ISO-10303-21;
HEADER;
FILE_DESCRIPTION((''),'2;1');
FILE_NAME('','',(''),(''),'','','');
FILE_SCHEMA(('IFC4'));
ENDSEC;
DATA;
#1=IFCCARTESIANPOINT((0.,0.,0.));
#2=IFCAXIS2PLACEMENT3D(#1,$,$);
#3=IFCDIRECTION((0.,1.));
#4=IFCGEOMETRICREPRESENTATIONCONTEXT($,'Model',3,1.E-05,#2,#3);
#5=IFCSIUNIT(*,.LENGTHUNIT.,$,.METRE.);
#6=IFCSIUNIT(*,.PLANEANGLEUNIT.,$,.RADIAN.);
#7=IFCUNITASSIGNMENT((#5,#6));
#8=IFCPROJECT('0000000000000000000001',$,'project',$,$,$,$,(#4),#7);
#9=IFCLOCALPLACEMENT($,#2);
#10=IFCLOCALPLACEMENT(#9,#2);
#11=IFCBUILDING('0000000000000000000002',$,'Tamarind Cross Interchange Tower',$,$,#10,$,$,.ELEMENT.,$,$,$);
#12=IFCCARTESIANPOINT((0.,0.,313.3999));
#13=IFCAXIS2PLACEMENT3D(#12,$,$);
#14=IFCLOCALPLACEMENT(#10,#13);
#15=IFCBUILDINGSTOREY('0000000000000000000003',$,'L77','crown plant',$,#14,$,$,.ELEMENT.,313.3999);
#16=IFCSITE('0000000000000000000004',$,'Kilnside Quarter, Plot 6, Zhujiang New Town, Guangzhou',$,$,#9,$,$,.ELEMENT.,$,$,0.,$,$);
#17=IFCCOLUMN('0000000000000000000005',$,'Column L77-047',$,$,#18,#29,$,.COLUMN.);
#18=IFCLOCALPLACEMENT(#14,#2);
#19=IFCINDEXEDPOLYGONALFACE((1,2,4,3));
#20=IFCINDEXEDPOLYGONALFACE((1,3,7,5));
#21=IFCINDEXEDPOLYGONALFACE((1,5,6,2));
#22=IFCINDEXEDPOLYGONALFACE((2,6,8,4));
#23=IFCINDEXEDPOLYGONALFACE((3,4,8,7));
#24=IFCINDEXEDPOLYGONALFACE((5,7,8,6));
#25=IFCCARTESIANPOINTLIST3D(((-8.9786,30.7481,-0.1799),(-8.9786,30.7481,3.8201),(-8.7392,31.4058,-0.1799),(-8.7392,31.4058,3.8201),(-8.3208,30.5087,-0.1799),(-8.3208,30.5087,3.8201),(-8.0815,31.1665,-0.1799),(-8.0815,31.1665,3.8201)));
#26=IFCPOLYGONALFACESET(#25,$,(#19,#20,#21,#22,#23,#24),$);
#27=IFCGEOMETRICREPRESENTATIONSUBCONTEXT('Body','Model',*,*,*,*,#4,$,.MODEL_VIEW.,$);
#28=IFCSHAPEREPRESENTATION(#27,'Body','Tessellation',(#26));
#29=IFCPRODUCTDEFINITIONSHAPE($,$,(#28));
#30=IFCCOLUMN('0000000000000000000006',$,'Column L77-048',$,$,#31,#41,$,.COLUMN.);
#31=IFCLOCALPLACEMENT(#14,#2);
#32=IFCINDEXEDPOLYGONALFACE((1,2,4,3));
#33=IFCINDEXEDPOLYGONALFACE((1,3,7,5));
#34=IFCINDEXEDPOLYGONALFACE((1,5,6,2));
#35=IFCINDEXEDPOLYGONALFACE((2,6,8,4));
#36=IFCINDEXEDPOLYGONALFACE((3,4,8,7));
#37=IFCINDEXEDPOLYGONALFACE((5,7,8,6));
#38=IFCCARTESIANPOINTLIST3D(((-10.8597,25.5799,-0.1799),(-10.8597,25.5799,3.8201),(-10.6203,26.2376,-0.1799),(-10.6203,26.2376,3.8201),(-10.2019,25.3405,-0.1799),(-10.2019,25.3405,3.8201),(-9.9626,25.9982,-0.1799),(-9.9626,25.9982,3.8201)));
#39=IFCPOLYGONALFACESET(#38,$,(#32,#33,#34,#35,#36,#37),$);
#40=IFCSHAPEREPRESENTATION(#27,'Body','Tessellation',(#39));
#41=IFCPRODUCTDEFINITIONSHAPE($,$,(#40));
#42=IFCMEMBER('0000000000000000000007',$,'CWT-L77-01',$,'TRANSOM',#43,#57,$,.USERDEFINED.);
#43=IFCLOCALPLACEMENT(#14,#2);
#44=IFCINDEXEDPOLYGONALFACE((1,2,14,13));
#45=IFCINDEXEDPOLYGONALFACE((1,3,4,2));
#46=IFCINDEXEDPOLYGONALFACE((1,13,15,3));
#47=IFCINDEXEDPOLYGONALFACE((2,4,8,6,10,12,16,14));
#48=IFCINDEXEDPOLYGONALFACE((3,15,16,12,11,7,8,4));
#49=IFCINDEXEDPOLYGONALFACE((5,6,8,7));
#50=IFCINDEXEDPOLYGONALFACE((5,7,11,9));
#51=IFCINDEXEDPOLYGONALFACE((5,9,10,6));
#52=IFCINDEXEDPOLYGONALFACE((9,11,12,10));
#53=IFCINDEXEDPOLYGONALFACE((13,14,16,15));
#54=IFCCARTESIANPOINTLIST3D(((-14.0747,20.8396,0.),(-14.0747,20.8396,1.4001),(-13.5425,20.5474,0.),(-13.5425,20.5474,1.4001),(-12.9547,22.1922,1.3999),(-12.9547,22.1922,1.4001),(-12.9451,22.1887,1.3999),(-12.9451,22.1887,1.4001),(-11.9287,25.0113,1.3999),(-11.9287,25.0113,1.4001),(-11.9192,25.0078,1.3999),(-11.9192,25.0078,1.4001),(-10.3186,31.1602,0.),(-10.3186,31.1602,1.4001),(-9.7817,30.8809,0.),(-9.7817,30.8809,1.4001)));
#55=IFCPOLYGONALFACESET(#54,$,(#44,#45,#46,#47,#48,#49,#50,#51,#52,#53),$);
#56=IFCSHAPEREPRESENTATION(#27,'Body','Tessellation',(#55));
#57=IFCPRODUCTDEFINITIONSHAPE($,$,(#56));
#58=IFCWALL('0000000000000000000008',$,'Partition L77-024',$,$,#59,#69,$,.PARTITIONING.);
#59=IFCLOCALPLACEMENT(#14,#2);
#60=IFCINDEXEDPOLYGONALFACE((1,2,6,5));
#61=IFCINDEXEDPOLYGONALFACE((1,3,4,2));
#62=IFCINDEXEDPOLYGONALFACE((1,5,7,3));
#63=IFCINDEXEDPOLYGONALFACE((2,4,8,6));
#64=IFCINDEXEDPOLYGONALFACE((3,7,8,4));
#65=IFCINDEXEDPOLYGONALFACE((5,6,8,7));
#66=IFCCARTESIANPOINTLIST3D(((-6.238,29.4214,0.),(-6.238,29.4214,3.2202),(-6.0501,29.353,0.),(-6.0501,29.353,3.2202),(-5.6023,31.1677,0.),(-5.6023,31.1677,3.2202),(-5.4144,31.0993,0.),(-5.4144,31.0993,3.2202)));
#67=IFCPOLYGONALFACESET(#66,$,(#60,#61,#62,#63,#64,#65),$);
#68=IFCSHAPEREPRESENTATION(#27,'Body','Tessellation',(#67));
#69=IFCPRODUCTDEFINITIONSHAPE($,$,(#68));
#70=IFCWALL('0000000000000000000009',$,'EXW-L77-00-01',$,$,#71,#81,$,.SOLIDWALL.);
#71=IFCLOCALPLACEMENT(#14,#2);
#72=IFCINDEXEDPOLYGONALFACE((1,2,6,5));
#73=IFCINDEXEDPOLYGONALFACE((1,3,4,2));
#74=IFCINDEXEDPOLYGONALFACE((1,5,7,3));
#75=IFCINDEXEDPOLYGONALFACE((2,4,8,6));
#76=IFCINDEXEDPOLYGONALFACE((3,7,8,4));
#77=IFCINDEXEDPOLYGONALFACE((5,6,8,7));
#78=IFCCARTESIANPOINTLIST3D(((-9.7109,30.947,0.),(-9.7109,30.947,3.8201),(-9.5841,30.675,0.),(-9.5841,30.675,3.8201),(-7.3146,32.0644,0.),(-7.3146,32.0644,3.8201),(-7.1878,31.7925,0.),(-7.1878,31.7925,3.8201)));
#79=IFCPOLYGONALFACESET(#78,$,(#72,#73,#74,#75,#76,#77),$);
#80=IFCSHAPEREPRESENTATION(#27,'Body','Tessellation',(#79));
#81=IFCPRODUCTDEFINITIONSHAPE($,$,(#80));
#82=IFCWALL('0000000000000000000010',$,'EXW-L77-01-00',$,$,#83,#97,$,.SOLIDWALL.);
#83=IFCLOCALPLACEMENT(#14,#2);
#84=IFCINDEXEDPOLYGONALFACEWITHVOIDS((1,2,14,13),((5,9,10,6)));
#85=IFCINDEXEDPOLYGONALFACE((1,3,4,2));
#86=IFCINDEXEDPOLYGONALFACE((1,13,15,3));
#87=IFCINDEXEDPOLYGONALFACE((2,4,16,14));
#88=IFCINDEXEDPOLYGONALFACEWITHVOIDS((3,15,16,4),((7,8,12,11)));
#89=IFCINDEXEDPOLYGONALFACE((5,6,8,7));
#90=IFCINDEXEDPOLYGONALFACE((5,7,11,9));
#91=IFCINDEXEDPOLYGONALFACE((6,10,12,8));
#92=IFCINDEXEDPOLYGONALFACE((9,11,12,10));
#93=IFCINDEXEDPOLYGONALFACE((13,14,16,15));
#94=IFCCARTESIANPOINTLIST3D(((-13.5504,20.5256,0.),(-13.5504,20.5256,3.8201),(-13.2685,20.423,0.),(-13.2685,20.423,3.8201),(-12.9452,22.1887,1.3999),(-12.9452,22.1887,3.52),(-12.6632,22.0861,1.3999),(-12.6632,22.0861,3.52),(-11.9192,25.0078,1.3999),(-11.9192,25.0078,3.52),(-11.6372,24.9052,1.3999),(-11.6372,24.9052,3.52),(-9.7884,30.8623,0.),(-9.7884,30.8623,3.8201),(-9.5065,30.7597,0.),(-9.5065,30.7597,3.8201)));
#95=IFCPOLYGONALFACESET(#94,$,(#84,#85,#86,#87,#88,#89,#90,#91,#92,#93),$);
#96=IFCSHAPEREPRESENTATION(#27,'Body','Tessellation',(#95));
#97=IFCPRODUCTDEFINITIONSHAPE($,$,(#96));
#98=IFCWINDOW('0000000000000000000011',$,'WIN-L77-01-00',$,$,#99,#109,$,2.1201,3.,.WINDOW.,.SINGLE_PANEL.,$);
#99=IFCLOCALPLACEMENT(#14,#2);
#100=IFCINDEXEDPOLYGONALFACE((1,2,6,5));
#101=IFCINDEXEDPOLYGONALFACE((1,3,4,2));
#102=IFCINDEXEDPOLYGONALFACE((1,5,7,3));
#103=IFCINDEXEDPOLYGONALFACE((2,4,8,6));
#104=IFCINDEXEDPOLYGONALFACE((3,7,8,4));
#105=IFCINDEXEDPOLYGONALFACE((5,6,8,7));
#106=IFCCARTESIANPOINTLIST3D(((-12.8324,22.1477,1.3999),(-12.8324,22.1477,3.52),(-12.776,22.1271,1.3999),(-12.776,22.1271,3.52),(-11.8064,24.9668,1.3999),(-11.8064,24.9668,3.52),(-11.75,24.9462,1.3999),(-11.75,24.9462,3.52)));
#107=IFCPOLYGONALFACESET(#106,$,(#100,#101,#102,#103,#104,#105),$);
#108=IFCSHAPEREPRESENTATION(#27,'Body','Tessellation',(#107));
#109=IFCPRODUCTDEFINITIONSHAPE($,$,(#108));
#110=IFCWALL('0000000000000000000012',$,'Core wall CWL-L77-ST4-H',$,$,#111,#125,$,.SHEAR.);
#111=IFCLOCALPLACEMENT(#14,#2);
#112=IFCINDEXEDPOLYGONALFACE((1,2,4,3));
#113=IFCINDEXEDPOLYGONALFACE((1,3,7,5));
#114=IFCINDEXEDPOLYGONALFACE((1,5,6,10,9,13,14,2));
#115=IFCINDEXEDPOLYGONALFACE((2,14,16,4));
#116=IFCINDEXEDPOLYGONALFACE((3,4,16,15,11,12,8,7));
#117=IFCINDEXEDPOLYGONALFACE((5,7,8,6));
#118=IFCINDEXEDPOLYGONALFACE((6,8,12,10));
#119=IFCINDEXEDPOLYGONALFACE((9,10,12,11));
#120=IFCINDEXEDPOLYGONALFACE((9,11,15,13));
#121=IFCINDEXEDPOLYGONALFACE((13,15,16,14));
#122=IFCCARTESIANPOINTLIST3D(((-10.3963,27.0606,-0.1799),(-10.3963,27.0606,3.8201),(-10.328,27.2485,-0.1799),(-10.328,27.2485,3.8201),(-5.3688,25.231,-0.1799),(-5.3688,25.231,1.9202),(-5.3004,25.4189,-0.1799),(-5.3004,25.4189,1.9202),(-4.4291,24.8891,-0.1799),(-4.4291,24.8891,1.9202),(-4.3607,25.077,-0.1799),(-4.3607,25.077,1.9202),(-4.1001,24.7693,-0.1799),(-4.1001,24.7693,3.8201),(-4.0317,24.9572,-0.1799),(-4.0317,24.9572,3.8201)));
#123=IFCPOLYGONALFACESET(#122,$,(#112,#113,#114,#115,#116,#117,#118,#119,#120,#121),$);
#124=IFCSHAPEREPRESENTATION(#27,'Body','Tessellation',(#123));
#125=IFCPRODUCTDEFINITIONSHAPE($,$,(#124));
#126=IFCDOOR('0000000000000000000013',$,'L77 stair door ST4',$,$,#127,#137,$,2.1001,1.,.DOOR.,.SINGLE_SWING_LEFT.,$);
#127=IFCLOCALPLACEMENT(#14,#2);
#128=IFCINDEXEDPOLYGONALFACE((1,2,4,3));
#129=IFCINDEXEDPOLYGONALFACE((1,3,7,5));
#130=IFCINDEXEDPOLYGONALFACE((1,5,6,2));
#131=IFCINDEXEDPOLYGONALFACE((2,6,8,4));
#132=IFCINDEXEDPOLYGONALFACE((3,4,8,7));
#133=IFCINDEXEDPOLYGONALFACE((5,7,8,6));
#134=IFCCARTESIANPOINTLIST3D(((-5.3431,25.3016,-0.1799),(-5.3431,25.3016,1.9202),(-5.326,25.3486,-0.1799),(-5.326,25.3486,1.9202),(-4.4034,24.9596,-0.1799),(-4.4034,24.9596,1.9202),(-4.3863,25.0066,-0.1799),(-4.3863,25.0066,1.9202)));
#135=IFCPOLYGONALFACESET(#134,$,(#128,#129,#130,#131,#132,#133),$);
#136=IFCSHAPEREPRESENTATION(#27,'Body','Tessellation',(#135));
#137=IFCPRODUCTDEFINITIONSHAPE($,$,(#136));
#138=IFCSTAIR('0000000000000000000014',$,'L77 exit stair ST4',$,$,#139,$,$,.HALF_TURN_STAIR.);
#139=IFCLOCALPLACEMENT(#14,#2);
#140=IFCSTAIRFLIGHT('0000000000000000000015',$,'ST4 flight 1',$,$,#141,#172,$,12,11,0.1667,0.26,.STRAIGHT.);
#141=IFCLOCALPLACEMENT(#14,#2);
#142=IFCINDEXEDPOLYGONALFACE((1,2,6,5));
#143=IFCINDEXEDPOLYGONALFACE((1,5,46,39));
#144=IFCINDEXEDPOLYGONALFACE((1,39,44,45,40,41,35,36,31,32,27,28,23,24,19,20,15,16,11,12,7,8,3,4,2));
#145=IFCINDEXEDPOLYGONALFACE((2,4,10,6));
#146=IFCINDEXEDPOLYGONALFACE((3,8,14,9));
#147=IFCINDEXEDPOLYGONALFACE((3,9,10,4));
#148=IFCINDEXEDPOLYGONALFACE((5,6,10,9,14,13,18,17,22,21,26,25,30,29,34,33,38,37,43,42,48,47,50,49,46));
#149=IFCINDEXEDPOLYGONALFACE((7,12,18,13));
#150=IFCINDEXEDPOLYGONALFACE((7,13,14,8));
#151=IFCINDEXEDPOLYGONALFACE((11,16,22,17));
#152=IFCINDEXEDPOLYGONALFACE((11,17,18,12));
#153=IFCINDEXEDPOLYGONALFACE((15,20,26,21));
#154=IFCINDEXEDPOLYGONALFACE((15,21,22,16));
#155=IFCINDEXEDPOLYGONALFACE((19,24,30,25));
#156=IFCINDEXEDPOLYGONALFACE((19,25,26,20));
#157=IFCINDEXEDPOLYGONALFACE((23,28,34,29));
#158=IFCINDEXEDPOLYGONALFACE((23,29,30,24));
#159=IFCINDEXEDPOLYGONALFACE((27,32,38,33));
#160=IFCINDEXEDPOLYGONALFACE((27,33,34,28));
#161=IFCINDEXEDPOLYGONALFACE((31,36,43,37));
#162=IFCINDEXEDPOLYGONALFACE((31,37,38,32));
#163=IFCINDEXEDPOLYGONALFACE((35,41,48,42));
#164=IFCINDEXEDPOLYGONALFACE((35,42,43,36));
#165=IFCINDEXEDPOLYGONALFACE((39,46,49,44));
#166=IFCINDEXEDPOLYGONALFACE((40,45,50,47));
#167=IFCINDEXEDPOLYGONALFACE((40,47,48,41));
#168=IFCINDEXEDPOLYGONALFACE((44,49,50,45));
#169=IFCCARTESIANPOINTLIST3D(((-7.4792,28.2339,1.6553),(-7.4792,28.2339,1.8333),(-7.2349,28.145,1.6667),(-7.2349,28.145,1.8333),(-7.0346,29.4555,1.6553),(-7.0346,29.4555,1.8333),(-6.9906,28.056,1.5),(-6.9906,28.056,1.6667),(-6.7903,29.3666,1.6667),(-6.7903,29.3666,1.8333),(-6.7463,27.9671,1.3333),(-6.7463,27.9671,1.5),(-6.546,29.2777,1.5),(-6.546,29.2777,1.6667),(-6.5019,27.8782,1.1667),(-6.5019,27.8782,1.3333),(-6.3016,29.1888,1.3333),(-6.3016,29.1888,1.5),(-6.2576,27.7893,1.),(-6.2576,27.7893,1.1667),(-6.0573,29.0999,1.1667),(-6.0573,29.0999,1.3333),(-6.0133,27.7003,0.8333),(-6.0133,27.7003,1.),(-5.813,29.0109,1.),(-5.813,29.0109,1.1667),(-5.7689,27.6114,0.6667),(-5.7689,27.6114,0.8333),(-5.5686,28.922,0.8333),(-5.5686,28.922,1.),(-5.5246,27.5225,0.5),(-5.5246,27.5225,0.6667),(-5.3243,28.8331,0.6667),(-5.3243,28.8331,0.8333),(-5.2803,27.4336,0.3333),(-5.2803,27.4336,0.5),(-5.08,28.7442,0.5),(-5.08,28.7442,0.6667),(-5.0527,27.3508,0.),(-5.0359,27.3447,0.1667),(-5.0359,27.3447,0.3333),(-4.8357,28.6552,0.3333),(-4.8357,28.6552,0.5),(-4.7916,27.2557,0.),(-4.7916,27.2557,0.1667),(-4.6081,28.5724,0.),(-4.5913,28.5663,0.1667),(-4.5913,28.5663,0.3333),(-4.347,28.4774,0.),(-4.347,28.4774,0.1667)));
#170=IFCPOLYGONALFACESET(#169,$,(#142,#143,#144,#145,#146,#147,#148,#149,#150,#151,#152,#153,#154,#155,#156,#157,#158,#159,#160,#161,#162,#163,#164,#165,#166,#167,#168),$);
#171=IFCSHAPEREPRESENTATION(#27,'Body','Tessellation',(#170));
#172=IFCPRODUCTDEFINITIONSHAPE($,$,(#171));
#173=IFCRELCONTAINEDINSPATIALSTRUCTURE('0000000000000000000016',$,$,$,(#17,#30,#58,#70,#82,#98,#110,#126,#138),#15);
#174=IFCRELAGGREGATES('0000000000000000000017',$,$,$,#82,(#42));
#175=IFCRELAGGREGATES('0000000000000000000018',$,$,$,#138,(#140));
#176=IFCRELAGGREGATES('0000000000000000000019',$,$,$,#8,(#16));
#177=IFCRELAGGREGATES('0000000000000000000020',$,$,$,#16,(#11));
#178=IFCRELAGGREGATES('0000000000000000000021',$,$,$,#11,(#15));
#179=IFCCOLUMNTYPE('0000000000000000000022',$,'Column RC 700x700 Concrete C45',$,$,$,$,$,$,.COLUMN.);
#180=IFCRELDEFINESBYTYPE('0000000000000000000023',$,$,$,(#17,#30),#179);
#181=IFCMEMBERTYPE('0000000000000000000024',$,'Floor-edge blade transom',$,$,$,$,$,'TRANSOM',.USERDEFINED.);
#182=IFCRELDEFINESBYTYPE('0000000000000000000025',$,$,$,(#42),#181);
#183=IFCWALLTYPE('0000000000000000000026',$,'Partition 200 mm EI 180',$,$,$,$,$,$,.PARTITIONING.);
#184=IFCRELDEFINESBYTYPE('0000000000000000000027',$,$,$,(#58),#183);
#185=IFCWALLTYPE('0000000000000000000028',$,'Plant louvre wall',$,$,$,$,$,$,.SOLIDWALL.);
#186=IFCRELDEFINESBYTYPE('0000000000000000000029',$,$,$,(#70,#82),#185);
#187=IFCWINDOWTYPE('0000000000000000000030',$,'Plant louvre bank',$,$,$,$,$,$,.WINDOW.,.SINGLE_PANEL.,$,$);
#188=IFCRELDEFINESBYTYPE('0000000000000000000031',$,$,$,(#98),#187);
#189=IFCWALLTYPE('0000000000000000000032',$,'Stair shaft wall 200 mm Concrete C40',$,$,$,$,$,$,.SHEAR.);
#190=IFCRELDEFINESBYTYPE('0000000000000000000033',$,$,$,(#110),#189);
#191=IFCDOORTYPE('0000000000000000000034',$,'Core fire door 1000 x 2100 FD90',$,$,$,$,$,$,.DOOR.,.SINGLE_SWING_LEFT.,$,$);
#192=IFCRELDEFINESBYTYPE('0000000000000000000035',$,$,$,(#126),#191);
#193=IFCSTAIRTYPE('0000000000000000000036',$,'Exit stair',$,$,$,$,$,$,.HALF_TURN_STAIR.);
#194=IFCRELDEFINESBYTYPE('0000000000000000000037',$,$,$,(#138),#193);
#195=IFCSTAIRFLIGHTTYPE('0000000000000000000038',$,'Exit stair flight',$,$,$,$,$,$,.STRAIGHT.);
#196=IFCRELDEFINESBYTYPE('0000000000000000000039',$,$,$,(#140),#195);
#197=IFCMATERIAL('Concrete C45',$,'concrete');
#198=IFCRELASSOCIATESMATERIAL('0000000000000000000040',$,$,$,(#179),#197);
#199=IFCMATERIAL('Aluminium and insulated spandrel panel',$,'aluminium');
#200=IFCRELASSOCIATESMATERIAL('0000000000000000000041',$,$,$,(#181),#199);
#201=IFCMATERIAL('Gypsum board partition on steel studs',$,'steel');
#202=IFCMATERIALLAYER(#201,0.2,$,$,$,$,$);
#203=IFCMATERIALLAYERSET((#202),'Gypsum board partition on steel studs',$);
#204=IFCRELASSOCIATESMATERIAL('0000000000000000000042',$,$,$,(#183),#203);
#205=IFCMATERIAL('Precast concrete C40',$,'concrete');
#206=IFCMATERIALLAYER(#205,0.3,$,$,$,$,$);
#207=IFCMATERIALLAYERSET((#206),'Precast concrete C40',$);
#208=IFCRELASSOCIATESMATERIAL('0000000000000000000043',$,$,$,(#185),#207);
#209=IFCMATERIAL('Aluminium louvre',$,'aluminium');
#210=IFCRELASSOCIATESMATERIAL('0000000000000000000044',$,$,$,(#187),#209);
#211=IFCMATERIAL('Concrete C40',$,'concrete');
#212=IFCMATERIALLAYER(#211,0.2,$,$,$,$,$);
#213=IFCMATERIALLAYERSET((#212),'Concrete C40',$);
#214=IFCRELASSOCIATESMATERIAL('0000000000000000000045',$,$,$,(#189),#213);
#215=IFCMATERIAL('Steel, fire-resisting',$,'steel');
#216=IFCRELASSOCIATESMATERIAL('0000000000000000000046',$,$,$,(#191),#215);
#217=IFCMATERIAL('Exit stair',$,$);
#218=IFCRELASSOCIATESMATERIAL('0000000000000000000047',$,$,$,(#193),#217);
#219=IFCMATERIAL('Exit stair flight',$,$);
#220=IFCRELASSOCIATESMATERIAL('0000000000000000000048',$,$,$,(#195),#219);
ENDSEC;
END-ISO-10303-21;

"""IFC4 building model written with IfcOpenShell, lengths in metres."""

from ifc_helpers import new_model, si_unit, direction, frame, frame_2d, origin, origin_2d, place, context, subcontext, project, spatial, polyline, rectangle, outline, extrude, material, layer, layer_set, material_profile, profile_set, type_object, element, fill, aggregate, save


model = new_model("IFC4")

# Units and contexts
model_context = context("Model", 3, precision=1e-05, world=origin(), true_north=direction((0.0, 1.0)))
body_context = subcontext(model_context, "Body", "Model", "MODEL_VIEW")
ifc_project = project(units=[si_unit("LENGTHUNIT", "METRE"), si_unit("PLANEANGLEUNIT", "RADIAN")], contexts=[model_context])

# Site, building, storey
site_placement = place(None, origin())
site = spatial("IfcSite", under=ifc_project, at=site_placement, Name="Kilnside Quarter, Plot 6, Zhujiang New Town, Guangzhou", CompositionType="ELEMENT", RefElevation=0.0)
building_placement = place(site_placement, origin())
building = spatial("IfcBuilding", under=site, at=building_placement, Name="Tamarind Cross Interchange Tower", CompositionType="ELEMENT")
storey_placement = place(building_placement, frame((0.0, 0.0, 313.3999)))
storey = spatial("IfcBuildingStorey", under=building, at=storey_placement, Name="L77", Description="crown plant", CompositionType="ELEMENT", Elevation=313.3999)

# Columns
ifc_material_1 = material(Name="Concrete C45", Category="concrete")
ifc_material_profile = material_profile(ifc_material_1, rectangle(XDim=0.7, YDim=0.7, at=origin_2d()), Name="RC 700x700")
ifc_profile_set = profile_set([ifc_material_profile], Name="Concrete C45")
column_type = type_object("IfcColumnType", Name="Column RC 700x700 Concrete C45", PredefinedType="COLUMN", material=ifc_profile_set)
for number, where, z_axis, x_axis, name in (
    (1, (-8.53, 30.9573, -0.1799), (0.0, 0.0, 1.0), (0.341994, 0.939702, 0.0), "Column L77-047"),
    (2, (-10.4111, 25.7891, -0.1799), (0.0, 0.0, 1.0), (0.341994, 0.939702, 0.0), "Column L77-048"),
):
    element("IfcColumn", number, at=place(storey_placement, frame(where, z_axis=z_axis, x_axis=x_axis)), inside=storey, type_object=column_type, Name=name, PredefinedType="COLUMN", context=body_context, shape_type="SweptSolid", body=[
        extrude(rectangle(XDim=0.7, YDim=0.7, at=origin_2d()), origin(), (0.0, 0.0, 1.0), 4.0),
    ])

# Member
ifc_material_2 = material(Name="Aluminium and insulated spandrel panel", Category="aluminium")
member_type = type_object("IfcMemberType", Name="Floor-edge blade transom", ElementType="TRANSOM", PredefinedType="USERDEFINED", material=ifc_material_2)
member_placement = place(storey_placement, origin())
member = element("IfcMember", 3, at=member_placement, type_object=member_type, Name="CWT-L77-01", ObjectType="TRANSOM", PredefinedType="USERDEFINED", context=body_context, shape_type="SweptSolid", body=[
    extrude(outline(polyline([(-9.7817, 30.8809), (-13.5425, 20.5474), (-14.0747, 20.8396), (-10.3186, 31.1602), (-9.7817, 30.8809)])), origin(), (0.0, 0.0, 1.0), 1.4001),
])

# Walls
ifc_material_3 = material(Name="Gypsum board partition on steel studs", Category="steel")
ifc_layer_1 = layer(ifc_material_3, 0.2)
ifc_layer_set_1 = layer_set([ifc_layer_1], Name="Gypsum board partition on steel studs")
wall_type_1 = type_object("IfcWallType", Name="Partition 200 mm EI 180", PredefinedType="PARTITIONING", material=ifc_layer_set_1)
wall_1_placement = place(storey_placement, frame((-6.144, 29.3872, 0.0), z_axis=(0.0, 0.0, 1.0), x_axis=(0.342081, 0.939671, 0.0)))
element("IfcWall", 4, at=wall_1_placement, inside=storey, type_object=wall_type_1, Name="Partition L77-024", PredefinedType="PARTITIONING", context=body_context, shape_type="SweptSolid", body=[
    extrude(rectangle(XDim=1.8584, YDim=0.2, at=frame_2d((0.9292, 0.0))), origin(), (0.0, 0.0, 1.0), 3.2202),
])
ifc_material_4 = material(Name="Precast concrete C40", Category="concrete")
ifc_layer_2 = layer(ifc_material_4, 0.3)
ifc_layer_set_2 = layer_set([ifc_layer_2], Name="Precast concrete C40")
wall_type_2 = type_object("IfcWallType", Name="Plant louvre wall", PredefinedType="SOLIDWALL", material=ifc_layer_set_2)
wall_2_placement = place(storey_placement, frame((-7.2512, 31.9285, 0.0), z_axis=(0.0, 0.0, 1.0), x_axis=(-0.906301, -0.422633, 0.0)))
element("IfcWall", 5, at=wall_2_placement, inside=storey, type_object=wall_type_2, Name="EXW-L77-00-01", PredefinedType="SOLIDWALL", context=body_context, shape_type="SweptSolid", body=[
    extrude(rectangle(XDim=2.644, YDim=0.3, at=frame_2d((1.322, 0.0))), origin(), (0.0, 0.0, 1.0), 3.8201),
])

# Wall, opening, window
wall_3_placement = place(storey_placement, frame((-9.6475, 30.811, 0.0), z_axis=(0.0, 0.0, 1.0), x_axis=(-0.341998, -0.939701, 0.0)))
wall_3 = element("IfcWall", 6, at=wall_3_placement, inside=storey, type_object=wall_type_2, Name="EXW-L77-01-00", PredefinedType="SOLIDWALL", context=body_context, shape_type="SweptSolid", body=[
    extrude(rectangle(XDim=11.0, YDim=0.3, at=frame_2d((5.5, 0.0))), origin(), (0.0, 0.0, 1.0), 3.8201),
])
opening_1_placement = place(wall_3_placement, frame((6.2302, 0.0, 1.3999)))
opening_1 = element("IfcOpeningElement", 7, at=opening_1_placement, cuts=wall_3, PredefinedType="OPENING", context=body_context, shape_type="SweptSolid", body=[
    extrude(rectangle(XDim=3.0, YDim=2.1201, at=frame_2d((1.5, 1.0601))), frame((0.0, 0.1599, 0.0), z_axis=(0.0, -1.0, 0.0), x_axis=(1.0, 0.0, 0.0)), (0.0, 0.0, 1.0), 0.3201),
])
ifc_material_5 = material(Name="Aluminium louvre", Category="aluminium")
window_type = type_object("IfcWindowType", Name="Plant louvre bank", PartitioningType="SINGLE_PANEL", PredefinedType="WINDOW", material=ifc_material_5)
window_placement = place(opening_1_placement, origin())
window = element("IfcWindow", 8, at=window_placement, inside=storey, type_object=window_type, Name="WIN-L77-01-00", OverallHeight=2.1201, OverallWidth=3.0, PartitioningType="SINGLE_PANEL", PredefinedType="WINDOW", context=body_context, shape_type="SweptSolid", body=[
    extrude(rectangle(XDim=3.0, YDim=2.1201, at=frame_2d((1.5, 1.0601))), frame((0.0, 0.03, 0.0), z_axis=(0.0, -1.0, 0.0), x_axis=(1.0, 0.0, 0.0)), (0.0, 0.0, 1.0), 0.0601),
])
fill(opening_1, window)
aggregate(wall_3, [member])

# Wall, opening, door
ifc_material_6 = material(Name="Concrete C40", Category="concrete")
ifc_layer_3 = layer(ifc_material_6, 0.2)
ifc_layer_set_3 = layer_set([ifc_layer_3], Name="Concrete C40")
wall_type_3 = type_object("IfcWallType", Name="Stair shaft wall 200 mm Concrete C40", PredefinedType="SHEAR", material=ifc_layer_set_3)
wall_4_placement = place(storey_placement, frame((-4.0659, 24.8633, -0.1799), z_axis=(0.0, 0.0, 1.0), x_axis=(-0.939709, 0.341974, 0.0)))
wall_4 = element("IfcWall", 9, at=wall_4_placement, inside=storey, type_object=wall_type_3, Name="Core wall CWL-L77-ST4-H", PredefinedType="SHEAR", context=body_context, shape_type="SweptSolid", body=[
    extrude(rectangle(XDim=6.7002, YDim=0.2, at=frame_2d((3.3501, 0.0))), origin(), (0.0, 0.0, 1.0), 4.0),
])
opening_2_placement = place(wall_4_placement, frame((0.3501, 0.0, 0.0)))
opening_2 = element("IfcOpeningElement", 10, at=opening_2_placement, cuts=wall_4, PredefinedType="OPENING", context=body_context, shape_type="SweptSolid", body=[
    extrude(rectangle(XDim=1.0, YDim=2.1001, at=frame_2d((0.5, 1.05))), frame((0.0, 0.1099, 0.0), z_axis=(0.0, -1.0, 0.0), x_axis=(1.0, 0.0, 0.0)), (0.0, 0.0, 1.0), 0.22),
])
ifc_material_7 = material(Name="Steel, fire-resisting", Category="steel")
door_type = type_object("IfcDoorType", Name="Core fire door 1000 x 2100 FD90", OperationType="SINGLE_SWING_LEFT", PredefinedType="DOOR", material=ifc_material_7)
door_placement = place(opening_2_placement, origin())
door = element("IfcDoor", 11, at=door_placement, inside=storey, type_object=door_type, Name="L77 stair door ST4", OperationType="SINGLE_SWING_LEFT", OverallHeight=2.1001, OverallWidth=1.0, PredefinedType="DOOR", context=body_context, shape_type="SweptSolid", body=[
    extrude(rectangle(XDim=1.0, YDim=2.1001, at=frame_2d((0.5, 1.05))), frame((0.0, 0.0249, 0.0), z_axis=(0.0, -1.0, 0.0), x_axis=(1.0, 0.0, 0.0)), (0.0, 0.0, 1.0), 0.05),
])
fill(opening_2, door)

# Stair, stair flight
ifc_material_8 = material(Name="Exit stair")
stair_type = type_object("IfcStairType", Name="Exit stair", PredefinedType="HALF_TURN_STAIR", material=ifc_material_8)
stair_placement = place(storey_placement, origin())
stair = element("IfcStair", 12, at=stair_placement, inside=storey, type_object=stair_type, Name="L77 exit stair ST4", PredefinedType="HALF_TURN_STAIR")
ifc_material_9 = material(Name="Exit stair flight")
stair_flight_type = type_object("IfcStairFlightType", Name="Exit stair flight", PredefinedType="STRAIGHT", material=ifc_material_9)
stair_flight_1_placement = place(storey_placement, frame((-4.5693, 27.8665, 0.0), z_axis=(0.0, 0.0, 1.0), x_axis=(-0.939702, 0.341994, 0.0)))
stair_flight_1 = element("IfcStairFlight", 13, at=stair_flight_1_placement, type_object=stair_flight_type, Name="ST4 flight 1", NumberOfRisers=12, NumberOfTreads=11, PredefinedType="STRAIGHT", RiserHeight=0.1667, TreadLength=0.26, context=body_context, shape_type="SweptSolid", body=[
    extrude(outline(polyline([(0.0, 0.0), (0.0, 0.1667), (0.26, 0.1667), (0.26, 0.3333), (0.52, 0.3333), (0.52, 0.5), (0.78, 0.5), (0.78, 0.6667), (1.04, 0.6667), (1.04, 0.8333), (1.3, 0.8333), (1.3, 1.0), (1.5601, 1.0), (1.5601, 1.1667), (1.8201, 1.1667), (1.8201, 1.3333), (2.0801, 1.3333), (2.0801, 1.5), (2.3401, 1.5), (2.3401, 1.6667), (2.6001, 1.6667), (2.6001, 1.8333), (2.8601, 1.8333), (2.8601, 2.0), (2.8601, 1.6553), (0.2778, 0.0), (0.0, 0.0)])), frame((0.0, 0.6499, 0.0), z_axis=(0.0, -1.0, 0.0), x_axis=(1.0, 0.0, 0.0)), (0.0, 0.0, 1.0), 1.3),
])
aggregate(stair, [stair_flight_1])

save(model, "model.ifc")
